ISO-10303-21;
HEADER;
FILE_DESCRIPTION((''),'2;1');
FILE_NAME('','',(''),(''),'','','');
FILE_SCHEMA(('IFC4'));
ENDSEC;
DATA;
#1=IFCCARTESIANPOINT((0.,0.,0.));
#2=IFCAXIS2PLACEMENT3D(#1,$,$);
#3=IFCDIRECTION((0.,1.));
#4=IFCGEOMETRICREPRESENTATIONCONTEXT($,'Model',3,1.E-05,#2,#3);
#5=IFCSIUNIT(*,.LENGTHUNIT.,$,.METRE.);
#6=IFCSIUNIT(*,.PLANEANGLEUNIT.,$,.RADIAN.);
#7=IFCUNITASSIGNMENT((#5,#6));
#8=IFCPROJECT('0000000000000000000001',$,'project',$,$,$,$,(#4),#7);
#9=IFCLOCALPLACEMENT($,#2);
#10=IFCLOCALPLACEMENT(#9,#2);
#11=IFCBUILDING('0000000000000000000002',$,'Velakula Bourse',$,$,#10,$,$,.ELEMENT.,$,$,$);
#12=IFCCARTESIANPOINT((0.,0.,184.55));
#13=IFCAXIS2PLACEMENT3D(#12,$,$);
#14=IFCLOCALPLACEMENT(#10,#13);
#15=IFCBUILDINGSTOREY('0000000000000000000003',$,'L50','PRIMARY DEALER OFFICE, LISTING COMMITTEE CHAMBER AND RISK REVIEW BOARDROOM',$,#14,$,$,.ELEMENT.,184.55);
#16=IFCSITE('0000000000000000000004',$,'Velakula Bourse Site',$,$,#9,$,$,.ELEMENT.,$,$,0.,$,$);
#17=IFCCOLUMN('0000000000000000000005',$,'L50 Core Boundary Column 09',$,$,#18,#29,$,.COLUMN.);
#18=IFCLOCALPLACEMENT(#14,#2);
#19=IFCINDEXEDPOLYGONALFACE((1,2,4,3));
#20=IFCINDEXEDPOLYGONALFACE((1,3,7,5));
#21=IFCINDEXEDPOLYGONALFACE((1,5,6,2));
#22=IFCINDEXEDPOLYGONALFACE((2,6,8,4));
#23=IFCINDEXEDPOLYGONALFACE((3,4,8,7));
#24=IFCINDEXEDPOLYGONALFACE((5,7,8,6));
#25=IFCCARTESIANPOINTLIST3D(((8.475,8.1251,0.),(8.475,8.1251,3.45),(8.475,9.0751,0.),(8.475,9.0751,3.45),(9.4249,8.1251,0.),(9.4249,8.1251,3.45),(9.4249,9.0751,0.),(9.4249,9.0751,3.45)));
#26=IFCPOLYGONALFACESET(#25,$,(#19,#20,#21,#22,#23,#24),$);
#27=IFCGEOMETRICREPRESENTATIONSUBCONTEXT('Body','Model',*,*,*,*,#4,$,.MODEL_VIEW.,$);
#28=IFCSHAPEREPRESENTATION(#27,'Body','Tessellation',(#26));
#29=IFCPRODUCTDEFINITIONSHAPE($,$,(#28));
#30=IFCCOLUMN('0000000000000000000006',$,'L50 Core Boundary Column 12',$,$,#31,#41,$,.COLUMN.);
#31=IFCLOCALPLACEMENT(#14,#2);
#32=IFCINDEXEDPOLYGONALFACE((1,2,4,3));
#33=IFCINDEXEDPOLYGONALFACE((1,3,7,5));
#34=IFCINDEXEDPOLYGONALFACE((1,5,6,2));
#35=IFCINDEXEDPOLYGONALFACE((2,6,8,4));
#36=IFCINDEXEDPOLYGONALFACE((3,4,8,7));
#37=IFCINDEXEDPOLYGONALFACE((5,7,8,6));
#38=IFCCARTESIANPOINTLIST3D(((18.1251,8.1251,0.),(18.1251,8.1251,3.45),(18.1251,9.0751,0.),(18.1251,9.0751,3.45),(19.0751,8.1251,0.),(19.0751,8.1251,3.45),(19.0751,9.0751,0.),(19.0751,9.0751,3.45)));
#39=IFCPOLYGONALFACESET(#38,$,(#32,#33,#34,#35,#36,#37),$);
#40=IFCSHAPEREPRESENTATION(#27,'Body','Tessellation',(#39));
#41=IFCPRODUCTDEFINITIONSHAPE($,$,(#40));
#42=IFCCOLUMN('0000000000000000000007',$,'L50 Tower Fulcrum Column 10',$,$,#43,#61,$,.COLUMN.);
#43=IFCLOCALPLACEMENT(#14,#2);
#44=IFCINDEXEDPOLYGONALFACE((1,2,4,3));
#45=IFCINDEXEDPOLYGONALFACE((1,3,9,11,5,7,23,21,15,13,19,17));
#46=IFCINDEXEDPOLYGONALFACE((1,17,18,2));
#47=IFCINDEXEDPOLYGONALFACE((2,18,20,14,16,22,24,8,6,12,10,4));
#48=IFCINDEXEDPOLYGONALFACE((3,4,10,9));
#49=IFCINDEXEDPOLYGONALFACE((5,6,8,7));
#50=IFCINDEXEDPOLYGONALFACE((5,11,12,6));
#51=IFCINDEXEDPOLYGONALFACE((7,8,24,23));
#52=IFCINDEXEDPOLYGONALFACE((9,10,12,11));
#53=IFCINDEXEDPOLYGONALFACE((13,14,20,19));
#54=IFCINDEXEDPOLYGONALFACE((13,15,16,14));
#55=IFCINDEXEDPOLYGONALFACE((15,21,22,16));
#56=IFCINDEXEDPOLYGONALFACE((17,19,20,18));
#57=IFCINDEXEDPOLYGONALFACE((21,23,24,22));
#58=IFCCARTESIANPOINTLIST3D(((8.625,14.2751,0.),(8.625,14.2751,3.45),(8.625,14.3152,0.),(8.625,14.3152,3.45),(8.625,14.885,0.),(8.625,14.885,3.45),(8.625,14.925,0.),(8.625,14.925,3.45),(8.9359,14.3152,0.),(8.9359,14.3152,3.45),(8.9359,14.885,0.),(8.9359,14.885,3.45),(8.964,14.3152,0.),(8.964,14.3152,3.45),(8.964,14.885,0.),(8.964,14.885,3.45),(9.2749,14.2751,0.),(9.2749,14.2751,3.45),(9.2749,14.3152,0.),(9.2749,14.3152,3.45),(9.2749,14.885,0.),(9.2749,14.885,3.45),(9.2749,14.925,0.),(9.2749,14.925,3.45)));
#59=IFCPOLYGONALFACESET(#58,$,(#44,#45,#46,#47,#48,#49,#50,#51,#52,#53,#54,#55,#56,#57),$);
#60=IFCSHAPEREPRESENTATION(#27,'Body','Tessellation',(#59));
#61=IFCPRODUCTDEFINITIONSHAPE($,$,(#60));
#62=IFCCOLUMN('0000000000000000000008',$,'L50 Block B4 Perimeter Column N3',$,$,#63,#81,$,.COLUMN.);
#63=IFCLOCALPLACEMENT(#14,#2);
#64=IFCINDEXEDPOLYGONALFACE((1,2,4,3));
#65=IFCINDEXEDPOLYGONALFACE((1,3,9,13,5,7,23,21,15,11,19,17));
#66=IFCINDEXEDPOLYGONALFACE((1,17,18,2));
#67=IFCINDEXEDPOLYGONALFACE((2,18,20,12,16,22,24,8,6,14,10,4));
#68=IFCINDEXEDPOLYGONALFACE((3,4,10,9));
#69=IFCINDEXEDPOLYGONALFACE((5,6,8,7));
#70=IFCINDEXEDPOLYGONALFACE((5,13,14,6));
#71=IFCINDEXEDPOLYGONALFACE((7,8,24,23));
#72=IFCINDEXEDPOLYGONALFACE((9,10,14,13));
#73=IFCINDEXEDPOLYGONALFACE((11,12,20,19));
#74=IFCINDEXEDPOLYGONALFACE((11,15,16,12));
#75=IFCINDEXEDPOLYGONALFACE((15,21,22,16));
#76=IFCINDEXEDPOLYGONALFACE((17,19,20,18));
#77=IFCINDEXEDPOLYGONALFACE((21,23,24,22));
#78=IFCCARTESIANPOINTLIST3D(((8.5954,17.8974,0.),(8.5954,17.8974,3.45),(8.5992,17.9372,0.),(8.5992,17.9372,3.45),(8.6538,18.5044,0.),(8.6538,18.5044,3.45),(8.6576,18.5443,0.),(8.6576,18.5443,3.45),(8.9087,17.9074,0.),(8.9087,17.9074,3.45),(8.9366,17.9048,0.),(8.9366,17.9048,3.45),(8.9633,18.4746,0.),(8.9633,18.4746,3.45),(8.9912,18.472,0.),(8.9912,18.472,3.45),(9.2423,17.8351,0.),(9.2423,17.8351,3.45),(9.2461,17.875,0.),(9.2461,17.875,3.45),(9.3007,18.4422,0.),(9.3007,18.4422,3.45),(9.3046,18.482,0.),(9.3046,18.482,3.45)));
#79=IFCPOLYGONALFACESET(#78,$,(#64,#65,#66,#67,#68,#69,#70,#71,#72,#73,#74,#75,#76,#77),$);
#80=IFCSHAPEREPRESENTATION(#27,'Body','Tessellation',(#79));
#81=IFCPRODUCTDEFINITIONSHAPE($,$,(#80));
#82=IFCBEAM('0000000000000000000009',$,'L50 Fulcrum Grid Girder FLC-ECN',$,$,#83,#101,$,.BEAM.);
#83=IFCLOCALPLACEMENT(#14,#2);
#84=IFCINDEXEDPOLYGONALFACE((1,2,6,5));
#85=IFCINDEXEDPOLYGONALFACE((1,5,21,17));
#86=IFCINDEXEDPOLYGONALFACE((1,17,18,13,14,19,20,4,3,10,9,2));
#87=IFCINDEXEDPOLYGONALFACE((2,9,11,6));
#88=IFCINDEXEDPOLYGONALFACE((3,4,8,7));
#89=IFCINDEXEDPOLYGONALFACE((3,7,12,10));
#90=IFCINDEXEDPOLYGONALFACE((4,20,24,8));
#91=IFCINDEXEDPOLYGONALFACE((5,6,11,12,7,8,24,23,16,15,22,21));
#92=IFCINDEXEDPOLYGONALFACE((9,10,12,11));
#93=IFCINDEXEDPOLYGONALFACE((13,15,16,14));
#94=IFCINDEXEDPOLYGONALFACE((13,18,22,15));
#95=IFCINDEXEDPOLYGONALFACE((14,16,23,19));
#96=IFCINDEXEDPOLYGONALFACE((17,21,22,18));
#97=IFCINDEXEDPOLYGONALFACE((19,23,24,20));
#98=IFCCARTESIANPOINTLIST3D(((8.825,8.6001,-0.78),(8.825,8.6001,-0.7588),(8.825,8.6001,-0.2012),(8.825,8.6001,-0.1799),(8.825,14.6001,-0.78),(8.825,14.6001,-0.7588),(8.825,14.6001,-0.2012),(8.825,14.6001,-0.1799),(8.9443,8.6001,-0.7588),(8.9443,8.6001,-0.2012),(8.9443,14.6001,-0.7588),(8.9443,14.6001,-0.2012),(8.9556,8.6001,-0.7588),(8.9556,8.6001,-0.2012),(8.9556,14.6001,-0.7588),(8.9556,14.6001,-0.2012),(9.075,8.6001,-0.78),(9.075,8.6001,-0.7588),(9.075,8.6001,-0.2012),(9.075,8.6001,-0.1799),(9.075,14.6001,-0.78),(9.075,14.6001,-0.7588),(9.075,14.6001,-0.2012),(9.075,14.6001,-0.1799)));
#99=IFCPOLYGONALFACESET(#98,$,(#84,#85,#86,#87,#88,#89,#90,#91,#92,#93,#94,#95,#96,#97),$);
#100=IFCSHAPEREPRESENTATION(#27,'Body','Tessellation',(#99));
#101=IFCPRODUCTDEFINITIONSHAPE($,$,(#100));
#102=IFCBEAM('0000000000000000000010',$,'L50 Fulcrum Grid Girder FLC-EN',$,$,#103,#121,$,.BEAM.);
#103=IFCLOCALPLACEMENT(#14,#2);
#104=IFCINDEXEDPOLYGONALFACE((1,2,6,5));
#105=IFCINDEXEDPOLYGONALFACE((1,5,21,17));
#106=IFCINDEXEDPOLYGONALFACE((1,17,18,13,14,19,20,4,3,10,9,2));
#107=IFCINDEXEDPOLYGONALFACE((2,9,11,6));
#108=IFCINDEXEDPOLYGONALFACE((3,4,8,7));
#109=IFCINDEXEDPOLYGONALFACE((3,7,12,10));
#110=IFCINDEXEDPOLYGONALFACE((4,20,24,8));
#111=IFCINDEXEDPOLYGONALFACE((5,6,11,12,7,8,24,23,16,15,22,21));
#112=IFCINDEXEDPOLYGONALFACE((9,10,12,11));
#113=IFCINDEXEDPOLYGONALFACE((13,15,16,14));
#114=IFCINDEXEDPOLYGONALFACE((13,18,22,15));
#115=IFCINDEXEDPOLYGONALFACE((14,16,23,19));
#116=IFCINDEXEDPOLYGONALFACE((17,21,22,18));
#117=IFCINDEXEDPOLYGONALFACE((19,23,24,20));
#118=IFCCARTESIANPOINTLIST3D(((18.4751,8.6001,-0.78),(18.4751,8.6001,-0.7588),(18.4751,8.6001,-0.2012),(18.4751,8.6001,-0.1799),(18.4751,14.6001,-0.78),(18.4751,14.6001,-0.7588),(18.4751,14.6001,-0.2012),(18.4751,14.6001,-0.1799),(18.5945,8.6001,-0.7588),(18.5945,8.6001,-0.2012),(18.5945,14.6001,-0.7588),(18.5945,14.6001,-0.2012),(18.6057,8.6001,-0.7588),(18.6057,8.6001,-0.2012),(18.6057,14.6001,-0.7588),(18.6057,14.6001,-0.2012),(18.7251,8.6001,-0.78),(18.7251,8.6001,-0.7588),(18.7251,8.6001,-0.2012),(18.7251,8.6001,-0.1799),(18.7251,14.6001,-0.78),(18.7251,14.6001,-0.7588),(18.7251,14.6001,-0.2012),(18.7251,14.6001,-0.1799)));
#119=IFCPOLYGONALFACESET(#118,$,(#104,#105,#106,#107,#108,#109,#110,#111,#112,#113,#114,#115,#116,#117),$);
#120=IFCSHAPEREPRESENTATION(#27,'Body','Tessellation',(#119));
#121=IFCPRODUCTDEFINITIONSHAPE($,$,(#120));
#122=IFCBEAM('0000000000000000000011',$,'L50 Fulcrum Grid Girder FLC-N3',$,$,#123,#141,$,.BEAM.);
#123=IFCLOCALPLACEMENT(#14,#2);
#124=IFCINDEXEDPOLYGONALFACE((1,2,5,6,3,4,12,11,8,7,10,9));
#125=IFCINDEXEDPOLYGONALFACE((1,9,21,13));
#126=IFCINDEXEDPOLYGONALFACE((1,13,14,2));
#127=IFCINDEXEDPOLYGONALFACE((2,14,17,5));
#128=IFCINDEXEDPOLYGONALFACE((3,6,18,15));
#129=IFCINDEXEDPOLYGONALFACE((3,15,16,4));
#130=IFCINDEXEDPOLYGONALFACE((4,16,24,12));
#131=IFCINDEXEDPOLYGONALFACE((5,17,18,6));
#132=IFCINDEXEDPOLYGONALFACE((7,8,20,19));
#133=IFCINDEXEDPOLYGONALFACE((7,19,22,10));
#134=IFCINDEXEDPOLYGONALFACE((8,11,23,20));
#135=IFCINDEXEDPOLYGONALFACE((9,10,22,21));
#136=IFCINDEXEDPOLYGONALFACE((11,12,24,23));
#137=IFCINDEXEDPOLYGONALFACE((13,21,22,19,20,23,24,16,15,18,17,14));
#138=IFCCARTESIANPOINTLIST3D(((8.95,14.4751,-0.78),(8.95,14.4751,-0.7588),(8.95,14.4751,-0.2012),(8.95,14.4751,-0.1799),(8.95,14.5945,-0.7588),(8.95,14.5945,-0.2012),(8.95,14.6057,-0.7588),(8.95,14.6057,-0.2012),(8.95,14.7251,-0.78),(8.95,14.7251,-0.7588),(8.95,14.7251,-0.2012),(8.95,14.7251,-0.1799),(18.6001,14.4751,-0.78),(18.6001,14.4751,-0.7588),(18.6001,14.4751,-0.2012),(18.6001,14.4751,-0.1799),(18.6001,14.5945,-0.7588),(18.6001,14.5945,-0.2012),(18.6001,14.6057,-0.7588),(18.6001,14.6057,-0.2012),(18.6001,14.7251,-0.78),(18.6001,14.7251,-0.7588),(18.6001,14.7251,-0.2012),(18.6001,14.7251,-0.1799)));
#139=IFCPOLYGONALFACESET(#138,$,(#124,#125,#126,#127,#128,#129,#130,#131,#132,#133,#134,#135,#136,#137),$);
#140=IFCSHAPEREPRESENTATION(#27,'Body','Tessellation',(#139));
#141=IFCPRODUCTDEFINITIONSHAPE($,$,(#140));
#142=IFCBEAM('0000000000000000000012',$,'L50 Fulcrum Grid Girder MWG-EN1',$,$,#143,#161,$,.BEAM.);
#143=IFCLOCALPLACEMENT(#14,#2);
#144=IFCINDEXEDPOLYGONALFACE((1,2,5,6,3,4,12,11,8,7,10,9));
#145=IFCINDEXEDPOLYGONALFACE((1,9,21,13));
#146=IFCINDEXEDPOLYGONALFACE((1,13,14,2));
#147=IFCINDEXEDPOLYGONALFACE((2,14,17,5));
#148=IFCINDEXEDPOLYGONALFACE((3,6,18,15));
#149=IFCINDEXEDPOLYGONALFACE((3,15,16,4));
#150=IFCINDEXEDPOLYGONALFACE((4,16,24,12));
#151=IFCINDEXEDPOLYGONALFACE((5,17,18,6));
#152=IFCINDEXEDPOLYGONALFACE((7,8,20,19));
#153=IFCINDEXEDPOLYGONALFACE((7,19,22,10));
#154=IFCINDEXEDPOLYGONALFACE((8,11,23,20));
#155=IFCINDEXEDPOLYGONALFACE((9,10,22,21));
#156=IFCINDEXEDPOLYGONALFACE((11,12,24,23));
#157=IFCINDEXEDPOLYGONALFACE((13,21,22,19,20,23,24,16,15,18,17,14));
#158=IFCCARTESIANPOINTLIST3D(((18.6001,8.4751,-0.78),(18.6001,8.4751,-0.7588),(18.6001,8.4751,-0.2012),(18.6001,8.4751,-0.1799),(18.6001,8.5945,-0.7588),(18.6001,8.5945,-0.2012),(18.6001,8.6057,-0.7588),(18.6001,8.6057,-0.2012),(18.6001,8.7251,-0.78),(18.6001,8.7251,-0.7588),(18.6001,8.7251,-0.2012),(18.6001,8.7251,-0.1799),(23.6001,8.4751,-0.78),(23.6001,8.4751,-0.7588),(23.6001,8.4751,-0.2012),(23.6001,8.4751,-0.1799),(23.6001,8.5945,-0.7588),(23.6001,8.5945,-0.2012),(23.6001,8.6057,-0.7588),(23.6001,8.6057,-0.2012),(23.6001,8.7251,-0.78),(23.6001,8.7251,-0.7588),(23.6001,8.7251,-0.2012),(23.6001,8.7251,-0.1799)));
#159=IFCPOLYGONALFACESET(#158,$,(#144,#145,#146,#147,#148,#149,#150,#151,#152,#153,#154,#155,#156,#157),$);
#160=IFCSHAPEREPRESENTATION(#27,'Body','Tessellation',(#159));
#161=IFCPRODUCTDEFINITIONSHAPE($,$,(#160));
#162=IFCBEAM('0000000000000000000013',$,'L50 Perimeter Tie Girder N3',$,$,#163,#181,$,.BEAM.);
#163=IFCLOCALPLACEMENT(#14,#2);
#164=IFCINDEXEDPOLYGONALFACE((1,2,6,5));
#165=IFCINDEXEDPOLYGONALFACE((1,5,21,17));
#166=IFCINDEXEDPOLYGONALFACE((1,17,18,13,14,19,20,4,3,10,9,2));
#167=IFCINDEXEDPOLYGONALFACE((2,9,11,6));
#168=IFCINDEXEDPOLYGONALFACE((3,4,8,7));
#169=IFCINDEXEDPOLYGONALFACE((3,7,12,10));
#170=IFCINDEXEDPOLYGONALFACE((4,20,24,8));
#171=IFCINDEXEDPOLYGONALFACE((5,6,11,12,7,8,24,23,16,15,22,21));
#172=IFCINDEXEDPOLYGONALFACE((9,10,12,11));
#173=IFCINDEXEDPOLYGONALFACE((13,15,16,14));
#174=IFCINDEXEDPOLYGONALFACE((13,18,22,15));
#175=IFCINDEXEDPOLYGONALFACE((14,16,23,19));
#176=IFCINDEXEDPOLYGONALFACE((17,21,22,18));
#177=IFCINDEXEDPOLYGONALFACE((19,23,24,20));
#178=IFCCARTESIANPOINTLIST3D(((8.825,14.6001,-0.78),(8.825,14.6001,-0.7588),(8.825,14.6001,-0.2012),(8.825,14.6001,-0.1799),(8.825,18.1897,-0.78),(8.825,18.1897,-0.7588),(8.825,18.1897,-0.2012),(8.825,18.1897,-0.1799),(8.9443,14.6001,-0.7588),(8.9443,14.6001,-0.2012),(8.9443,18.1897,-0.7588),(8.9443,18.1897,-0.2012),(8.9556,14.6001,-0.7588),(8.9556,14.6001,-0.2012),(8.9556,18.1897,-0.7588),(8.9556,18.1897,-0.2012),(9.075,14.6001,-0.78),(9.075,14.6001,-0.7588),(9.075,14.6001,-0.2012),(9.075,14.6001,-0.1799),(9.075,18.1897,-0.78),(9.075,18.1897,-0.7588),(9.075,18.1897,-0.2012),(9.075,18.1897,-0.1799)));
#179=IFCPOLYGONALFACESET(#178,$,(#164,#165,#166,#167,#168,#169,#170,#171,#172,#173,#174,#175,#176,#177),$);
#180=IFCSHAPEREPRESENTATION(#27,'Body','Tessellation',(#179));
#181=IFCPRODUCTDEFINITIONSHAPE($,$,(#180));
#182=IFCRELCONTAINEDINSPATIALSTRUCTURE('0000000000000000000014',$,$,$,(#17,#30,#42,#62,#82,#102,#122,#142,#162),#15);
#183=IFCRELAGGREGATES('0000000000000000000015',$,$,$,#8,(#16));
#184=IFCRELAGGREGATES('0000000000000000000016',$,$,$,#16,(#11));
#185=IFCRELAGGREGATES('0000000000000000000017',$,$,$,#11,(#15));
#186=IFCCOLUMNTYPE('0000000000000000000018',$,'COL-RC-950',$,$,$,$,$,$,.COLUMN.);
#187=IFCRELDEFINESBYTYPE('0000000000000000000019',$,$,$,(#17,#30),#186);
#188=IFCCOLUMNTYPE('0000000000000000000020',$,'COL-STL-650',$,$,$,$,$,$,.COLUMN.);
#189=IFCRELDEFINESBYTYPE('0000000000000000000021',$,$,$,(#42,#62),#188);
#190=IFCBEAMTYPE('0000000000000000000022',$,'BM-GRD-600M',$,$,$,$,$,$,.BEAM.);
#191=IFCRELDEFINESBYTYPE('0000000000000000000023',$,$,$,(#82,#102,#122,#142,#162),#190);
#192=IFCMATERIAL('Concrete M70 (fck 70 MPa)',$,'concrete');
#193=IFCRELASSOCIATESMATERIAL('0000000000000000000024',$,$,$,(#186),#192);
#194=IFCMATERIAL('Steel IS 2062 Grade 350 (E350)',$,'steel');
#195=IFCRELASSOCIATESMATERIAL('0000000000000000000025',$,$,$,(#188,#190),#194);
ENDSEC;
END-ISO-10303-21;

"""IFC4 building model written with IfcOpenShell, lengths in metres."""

from ifc_helpers import new_model, si_unit, direction, frame, origin, origin_2d, place, context, subcontext, project, spatial, rectangle, i_section, extrude, material, material_profile, profile_set, type_object, element, save


model = new_model("IFC4")

# Units and contexts
model_context = context("Model", 3, precision=1e-05, world=origin(), true_north=direction((0.0, 1.0)))
body_context = subcontext(model_context, "Body", "Model", "MODEL_VIEW")
ifc_project = project(units=[si_unit("LENGTHUNIT", "METRE"), si_unit("PLANEANGLEUNIT", "RADIAN")], contexts=[model_context])

# Site, building, storey
site_placement = place(None, origin())
site = spatial("IfcSite", under=ifc_project, at=site_placement, Name="Velakula Bourse Site", CompositionType="ELEMENT", RefElevation=0.0)
building_placement = place(site_placement, origin())
building = spatial("IfcBuilding", under=site, at=building_placement, Name="Velakula Bourse", CompositionType="ELEMENT")
storey_placement = place(building_placement, frame((0.0, 0.0, 184.55)))
storey = spatial("IfcBuildingStorey", under=building, at=storey_placement, Name="L50", Description="PRIMARY DEALER OFFICE, LISTING COMMITTEE CHAMBER AND RISK REVIEW BOARDROOM", CompositionType="ELEMENT", Elevation=184.55)

# Columns
ifc_material_1 = material(Name="Concrete M70 (fck 70 MPa)", Category="concrete")
ifc_material_profile_1 = material_profile(ifc_material_1, rectangle(XDim=0.95, YDim=0.95, at=origin_2d()), Name="Concrete M70 (fck 70 MPa)")
ifc_profile_set_1 = profile_set([ifc_material_profile_1], Name="Concrete M70 (fck 70 MPa)")
column_type_1 = type_object("IfcColumnType", Name="COL-RC-950", PredefinedType="COLUMN", material=ifc_profile_set_1)
for number, where, z_axis, x_axis, name in (
    (1, (8.95, 8.6001, 0.0), (0.0, 0.0, 1.0), (1.0, 0.0, 0.0), "L50 Core Boundary Column 09"),
    (2, (18.6001, 8.6001, 0.0), (0.0, 0.0, 1.0), (1.0, 0.0, 0.0), "L50 Core Boundary Column 12"),
):
    element("IfcColumn", number, at=place(storey_placement, frame(where, z_axis=z_axis, x_axis=x_axis)), inside=storey, type_object=column_type_1, Name=name, PredefinedType="COLUMN", context=body_context, shape_type="SweptSolid", body=[
        extrude(rectangle(XDim=0.95, YDim=0.95, at=origin_2d()), origin(), (0.0, 0.0, 1.0), 3.45),
    ])
ifc_material_2 = material(Name="Steel IS 2062 Grade 350 (E350)", Category="steel")
ifc_material_profile_2 = material_profile(ifc_material_2, i_section(OverallWidth=0.6499, OverallDepth=0.6499, WebThickness=0.0281, FlangeThickness=0.04, at=origin_2d()), Name="Steel IS 2062 Grade 350 (E350)")
ifc_profile_set_2 = profile_set([ifc_material_profile_2], Name="Steel IS 2062 Grade 350 (E350)")
column_type_2 = type_object("IfcColumnType", Name="COL-STL-650", PredefinedType="COLUMN", material=ifc_profile_set_2)
for number, where, z_axis, x_axis, name in (
    (3, (8.95, 14.6001, 0.0), (0.0, 0.0, 1.0), (1.0, 0.0, 0.0), "L50 Tower Fulcrum Column 10"),
    (4, (8.95, 18.1897, 0.0), (0.0, 0.0, 1.0), (0.995396, -0.095846, 0.0), "L50 Block B4 Perimeter Column N3"),
):
    element("IfcColumn", number, at=place(storey_placement, frame(where, z_axis=z_axis, x_axis=x_axis)), inside=storey, type_object=column_type_2, Name=name, PredefinedType="COLUMN", context=body_context, shape_type="SweptSolid", body=[
        extrude(i_section(OverallWidth=0.6499, OverallDepth=0.6499, WebThickness=0.0281, FlangeThickness=0.04, at=origin_2d()), origin(), (0.0, 0.0, 1.0), 3.45),
    ])

# Beams
ifc_material_profile_3 = material_profile(ifc_material_2, i_section(OverallWidth=0.25, OverallDepth=0.6001, WebThickness=0.0112, FlangeThickness=0.0212, at=origin_2d()), Name="Steel IS 2062 Grade 350 (E350)")
ifc_profile_set_3 = profile_set([ifc_material_profile_3], Name="Steel IS 2062 Grade 350 (E350)")
beam_type_1 = type_object("IfcBeamType", Name="BM-GRD-600M", PredefinedType="BEAM", material=ifc_profile_set_3)
for number, where, z_axis, x_axis, name in (
    (5, (8.95, 8.6001, -0.48), (0.0, 1.0, 0.0), (-1.0, 0.0, 0.0), "L50 Fulcrum Grid Girder FLC-ECN"),
    (6, (18.6001, 8.6001, -0.48), (0.0, 1.0, 0.0), (-1.0, 0.0, 0.0), "L50 Fulcrum Grid Girder FLC-EN"),
):
    element("IfcBeam", number, at=place(storey_placement, frame(where, z_axis=z_axis, x_axis=x_axis)), inside=storey, type_object=beam_type_1, Name=name, PredefinedType="BEAM", context=body_context, shape_type="SweptSolid", body=[
        extrude(i_section(OverallWidth=0.25, OverallDepth=0.6001, WebThickness=0.0112, FlangeThickness=0.0212, at=origin_2d()), origin(), (0.0, 0.0, 1.0), 6.0),
    ])
beam_1_placement = place(storey_placement, frame((8.95, 14.6001, -0.48), z_axis=(1.0, 0.0, 0.0), x_axis=(0.0, 1.0, 0.0)))
element("IfcBeam", 7, at=beam_1_placement, inside=storey, type_object=beam_type_1, Name="L50 Fulcrum Grid Girder FLC-N3", PredefinedType="BEAM", context=body_context, shape_type="SweptSolid", body=[
    extrude(i_section(OverallWidth=0.25, OverallDepth=0.6001, WebThickness=0.0112, FlangeThickness=0.0212, at=origin_2d()), origin(), (0.0, 0.0, 1.0), 9.6501),
])
beam_2_placement = place(storey_placement, frame((18.6001, 8.6001, -0.48), z_axis=(1.0, 0.0, 0.0), x_axis=(0.0, 1.0, 0.0)))
element("IfcBeam", 8, at=beam_2_placement, inside=storey, type_object=beam_type_1, Name="L50 Fulcrum Grid Girder MWG-EN1", PredefinedType="BEAM", context=body_context, shape_type="SweptSolid", body=[
    extrude(i_section(OverallWidth=0.25, OverallDepth=0.6001, WebThickness=0.0112, FlangeThickness=0.0212, at=origin_2d()), origin(), (0.0, 0.0, 1.0), 5.0),
])
beam_3_placement = place(storey_placement, frame((8.95, 14.6001, -0.48), z_axis=(0.0, 1.0, 0.0), x_axis=(-1.0, 0.0, 0.0)))
element("IfcBeam", 9, at=beam_3_placement, inside=storey, type_object=beam_type_1, Name="L50 Perimeter Tie Girder N3", PredefinedType="BEAM", context=body_context, shape_type="SweptSolid", body=[
    extrude(i_section(OverallWidth=0.25, OverallDepth=0.6001, WebThickness=0.0112, FlangeThickness=0.0212, at=origin_2d()), origin(), (0.0, 0.0, 1.0), 3.5896),
])

save(model, "model.ifc")
